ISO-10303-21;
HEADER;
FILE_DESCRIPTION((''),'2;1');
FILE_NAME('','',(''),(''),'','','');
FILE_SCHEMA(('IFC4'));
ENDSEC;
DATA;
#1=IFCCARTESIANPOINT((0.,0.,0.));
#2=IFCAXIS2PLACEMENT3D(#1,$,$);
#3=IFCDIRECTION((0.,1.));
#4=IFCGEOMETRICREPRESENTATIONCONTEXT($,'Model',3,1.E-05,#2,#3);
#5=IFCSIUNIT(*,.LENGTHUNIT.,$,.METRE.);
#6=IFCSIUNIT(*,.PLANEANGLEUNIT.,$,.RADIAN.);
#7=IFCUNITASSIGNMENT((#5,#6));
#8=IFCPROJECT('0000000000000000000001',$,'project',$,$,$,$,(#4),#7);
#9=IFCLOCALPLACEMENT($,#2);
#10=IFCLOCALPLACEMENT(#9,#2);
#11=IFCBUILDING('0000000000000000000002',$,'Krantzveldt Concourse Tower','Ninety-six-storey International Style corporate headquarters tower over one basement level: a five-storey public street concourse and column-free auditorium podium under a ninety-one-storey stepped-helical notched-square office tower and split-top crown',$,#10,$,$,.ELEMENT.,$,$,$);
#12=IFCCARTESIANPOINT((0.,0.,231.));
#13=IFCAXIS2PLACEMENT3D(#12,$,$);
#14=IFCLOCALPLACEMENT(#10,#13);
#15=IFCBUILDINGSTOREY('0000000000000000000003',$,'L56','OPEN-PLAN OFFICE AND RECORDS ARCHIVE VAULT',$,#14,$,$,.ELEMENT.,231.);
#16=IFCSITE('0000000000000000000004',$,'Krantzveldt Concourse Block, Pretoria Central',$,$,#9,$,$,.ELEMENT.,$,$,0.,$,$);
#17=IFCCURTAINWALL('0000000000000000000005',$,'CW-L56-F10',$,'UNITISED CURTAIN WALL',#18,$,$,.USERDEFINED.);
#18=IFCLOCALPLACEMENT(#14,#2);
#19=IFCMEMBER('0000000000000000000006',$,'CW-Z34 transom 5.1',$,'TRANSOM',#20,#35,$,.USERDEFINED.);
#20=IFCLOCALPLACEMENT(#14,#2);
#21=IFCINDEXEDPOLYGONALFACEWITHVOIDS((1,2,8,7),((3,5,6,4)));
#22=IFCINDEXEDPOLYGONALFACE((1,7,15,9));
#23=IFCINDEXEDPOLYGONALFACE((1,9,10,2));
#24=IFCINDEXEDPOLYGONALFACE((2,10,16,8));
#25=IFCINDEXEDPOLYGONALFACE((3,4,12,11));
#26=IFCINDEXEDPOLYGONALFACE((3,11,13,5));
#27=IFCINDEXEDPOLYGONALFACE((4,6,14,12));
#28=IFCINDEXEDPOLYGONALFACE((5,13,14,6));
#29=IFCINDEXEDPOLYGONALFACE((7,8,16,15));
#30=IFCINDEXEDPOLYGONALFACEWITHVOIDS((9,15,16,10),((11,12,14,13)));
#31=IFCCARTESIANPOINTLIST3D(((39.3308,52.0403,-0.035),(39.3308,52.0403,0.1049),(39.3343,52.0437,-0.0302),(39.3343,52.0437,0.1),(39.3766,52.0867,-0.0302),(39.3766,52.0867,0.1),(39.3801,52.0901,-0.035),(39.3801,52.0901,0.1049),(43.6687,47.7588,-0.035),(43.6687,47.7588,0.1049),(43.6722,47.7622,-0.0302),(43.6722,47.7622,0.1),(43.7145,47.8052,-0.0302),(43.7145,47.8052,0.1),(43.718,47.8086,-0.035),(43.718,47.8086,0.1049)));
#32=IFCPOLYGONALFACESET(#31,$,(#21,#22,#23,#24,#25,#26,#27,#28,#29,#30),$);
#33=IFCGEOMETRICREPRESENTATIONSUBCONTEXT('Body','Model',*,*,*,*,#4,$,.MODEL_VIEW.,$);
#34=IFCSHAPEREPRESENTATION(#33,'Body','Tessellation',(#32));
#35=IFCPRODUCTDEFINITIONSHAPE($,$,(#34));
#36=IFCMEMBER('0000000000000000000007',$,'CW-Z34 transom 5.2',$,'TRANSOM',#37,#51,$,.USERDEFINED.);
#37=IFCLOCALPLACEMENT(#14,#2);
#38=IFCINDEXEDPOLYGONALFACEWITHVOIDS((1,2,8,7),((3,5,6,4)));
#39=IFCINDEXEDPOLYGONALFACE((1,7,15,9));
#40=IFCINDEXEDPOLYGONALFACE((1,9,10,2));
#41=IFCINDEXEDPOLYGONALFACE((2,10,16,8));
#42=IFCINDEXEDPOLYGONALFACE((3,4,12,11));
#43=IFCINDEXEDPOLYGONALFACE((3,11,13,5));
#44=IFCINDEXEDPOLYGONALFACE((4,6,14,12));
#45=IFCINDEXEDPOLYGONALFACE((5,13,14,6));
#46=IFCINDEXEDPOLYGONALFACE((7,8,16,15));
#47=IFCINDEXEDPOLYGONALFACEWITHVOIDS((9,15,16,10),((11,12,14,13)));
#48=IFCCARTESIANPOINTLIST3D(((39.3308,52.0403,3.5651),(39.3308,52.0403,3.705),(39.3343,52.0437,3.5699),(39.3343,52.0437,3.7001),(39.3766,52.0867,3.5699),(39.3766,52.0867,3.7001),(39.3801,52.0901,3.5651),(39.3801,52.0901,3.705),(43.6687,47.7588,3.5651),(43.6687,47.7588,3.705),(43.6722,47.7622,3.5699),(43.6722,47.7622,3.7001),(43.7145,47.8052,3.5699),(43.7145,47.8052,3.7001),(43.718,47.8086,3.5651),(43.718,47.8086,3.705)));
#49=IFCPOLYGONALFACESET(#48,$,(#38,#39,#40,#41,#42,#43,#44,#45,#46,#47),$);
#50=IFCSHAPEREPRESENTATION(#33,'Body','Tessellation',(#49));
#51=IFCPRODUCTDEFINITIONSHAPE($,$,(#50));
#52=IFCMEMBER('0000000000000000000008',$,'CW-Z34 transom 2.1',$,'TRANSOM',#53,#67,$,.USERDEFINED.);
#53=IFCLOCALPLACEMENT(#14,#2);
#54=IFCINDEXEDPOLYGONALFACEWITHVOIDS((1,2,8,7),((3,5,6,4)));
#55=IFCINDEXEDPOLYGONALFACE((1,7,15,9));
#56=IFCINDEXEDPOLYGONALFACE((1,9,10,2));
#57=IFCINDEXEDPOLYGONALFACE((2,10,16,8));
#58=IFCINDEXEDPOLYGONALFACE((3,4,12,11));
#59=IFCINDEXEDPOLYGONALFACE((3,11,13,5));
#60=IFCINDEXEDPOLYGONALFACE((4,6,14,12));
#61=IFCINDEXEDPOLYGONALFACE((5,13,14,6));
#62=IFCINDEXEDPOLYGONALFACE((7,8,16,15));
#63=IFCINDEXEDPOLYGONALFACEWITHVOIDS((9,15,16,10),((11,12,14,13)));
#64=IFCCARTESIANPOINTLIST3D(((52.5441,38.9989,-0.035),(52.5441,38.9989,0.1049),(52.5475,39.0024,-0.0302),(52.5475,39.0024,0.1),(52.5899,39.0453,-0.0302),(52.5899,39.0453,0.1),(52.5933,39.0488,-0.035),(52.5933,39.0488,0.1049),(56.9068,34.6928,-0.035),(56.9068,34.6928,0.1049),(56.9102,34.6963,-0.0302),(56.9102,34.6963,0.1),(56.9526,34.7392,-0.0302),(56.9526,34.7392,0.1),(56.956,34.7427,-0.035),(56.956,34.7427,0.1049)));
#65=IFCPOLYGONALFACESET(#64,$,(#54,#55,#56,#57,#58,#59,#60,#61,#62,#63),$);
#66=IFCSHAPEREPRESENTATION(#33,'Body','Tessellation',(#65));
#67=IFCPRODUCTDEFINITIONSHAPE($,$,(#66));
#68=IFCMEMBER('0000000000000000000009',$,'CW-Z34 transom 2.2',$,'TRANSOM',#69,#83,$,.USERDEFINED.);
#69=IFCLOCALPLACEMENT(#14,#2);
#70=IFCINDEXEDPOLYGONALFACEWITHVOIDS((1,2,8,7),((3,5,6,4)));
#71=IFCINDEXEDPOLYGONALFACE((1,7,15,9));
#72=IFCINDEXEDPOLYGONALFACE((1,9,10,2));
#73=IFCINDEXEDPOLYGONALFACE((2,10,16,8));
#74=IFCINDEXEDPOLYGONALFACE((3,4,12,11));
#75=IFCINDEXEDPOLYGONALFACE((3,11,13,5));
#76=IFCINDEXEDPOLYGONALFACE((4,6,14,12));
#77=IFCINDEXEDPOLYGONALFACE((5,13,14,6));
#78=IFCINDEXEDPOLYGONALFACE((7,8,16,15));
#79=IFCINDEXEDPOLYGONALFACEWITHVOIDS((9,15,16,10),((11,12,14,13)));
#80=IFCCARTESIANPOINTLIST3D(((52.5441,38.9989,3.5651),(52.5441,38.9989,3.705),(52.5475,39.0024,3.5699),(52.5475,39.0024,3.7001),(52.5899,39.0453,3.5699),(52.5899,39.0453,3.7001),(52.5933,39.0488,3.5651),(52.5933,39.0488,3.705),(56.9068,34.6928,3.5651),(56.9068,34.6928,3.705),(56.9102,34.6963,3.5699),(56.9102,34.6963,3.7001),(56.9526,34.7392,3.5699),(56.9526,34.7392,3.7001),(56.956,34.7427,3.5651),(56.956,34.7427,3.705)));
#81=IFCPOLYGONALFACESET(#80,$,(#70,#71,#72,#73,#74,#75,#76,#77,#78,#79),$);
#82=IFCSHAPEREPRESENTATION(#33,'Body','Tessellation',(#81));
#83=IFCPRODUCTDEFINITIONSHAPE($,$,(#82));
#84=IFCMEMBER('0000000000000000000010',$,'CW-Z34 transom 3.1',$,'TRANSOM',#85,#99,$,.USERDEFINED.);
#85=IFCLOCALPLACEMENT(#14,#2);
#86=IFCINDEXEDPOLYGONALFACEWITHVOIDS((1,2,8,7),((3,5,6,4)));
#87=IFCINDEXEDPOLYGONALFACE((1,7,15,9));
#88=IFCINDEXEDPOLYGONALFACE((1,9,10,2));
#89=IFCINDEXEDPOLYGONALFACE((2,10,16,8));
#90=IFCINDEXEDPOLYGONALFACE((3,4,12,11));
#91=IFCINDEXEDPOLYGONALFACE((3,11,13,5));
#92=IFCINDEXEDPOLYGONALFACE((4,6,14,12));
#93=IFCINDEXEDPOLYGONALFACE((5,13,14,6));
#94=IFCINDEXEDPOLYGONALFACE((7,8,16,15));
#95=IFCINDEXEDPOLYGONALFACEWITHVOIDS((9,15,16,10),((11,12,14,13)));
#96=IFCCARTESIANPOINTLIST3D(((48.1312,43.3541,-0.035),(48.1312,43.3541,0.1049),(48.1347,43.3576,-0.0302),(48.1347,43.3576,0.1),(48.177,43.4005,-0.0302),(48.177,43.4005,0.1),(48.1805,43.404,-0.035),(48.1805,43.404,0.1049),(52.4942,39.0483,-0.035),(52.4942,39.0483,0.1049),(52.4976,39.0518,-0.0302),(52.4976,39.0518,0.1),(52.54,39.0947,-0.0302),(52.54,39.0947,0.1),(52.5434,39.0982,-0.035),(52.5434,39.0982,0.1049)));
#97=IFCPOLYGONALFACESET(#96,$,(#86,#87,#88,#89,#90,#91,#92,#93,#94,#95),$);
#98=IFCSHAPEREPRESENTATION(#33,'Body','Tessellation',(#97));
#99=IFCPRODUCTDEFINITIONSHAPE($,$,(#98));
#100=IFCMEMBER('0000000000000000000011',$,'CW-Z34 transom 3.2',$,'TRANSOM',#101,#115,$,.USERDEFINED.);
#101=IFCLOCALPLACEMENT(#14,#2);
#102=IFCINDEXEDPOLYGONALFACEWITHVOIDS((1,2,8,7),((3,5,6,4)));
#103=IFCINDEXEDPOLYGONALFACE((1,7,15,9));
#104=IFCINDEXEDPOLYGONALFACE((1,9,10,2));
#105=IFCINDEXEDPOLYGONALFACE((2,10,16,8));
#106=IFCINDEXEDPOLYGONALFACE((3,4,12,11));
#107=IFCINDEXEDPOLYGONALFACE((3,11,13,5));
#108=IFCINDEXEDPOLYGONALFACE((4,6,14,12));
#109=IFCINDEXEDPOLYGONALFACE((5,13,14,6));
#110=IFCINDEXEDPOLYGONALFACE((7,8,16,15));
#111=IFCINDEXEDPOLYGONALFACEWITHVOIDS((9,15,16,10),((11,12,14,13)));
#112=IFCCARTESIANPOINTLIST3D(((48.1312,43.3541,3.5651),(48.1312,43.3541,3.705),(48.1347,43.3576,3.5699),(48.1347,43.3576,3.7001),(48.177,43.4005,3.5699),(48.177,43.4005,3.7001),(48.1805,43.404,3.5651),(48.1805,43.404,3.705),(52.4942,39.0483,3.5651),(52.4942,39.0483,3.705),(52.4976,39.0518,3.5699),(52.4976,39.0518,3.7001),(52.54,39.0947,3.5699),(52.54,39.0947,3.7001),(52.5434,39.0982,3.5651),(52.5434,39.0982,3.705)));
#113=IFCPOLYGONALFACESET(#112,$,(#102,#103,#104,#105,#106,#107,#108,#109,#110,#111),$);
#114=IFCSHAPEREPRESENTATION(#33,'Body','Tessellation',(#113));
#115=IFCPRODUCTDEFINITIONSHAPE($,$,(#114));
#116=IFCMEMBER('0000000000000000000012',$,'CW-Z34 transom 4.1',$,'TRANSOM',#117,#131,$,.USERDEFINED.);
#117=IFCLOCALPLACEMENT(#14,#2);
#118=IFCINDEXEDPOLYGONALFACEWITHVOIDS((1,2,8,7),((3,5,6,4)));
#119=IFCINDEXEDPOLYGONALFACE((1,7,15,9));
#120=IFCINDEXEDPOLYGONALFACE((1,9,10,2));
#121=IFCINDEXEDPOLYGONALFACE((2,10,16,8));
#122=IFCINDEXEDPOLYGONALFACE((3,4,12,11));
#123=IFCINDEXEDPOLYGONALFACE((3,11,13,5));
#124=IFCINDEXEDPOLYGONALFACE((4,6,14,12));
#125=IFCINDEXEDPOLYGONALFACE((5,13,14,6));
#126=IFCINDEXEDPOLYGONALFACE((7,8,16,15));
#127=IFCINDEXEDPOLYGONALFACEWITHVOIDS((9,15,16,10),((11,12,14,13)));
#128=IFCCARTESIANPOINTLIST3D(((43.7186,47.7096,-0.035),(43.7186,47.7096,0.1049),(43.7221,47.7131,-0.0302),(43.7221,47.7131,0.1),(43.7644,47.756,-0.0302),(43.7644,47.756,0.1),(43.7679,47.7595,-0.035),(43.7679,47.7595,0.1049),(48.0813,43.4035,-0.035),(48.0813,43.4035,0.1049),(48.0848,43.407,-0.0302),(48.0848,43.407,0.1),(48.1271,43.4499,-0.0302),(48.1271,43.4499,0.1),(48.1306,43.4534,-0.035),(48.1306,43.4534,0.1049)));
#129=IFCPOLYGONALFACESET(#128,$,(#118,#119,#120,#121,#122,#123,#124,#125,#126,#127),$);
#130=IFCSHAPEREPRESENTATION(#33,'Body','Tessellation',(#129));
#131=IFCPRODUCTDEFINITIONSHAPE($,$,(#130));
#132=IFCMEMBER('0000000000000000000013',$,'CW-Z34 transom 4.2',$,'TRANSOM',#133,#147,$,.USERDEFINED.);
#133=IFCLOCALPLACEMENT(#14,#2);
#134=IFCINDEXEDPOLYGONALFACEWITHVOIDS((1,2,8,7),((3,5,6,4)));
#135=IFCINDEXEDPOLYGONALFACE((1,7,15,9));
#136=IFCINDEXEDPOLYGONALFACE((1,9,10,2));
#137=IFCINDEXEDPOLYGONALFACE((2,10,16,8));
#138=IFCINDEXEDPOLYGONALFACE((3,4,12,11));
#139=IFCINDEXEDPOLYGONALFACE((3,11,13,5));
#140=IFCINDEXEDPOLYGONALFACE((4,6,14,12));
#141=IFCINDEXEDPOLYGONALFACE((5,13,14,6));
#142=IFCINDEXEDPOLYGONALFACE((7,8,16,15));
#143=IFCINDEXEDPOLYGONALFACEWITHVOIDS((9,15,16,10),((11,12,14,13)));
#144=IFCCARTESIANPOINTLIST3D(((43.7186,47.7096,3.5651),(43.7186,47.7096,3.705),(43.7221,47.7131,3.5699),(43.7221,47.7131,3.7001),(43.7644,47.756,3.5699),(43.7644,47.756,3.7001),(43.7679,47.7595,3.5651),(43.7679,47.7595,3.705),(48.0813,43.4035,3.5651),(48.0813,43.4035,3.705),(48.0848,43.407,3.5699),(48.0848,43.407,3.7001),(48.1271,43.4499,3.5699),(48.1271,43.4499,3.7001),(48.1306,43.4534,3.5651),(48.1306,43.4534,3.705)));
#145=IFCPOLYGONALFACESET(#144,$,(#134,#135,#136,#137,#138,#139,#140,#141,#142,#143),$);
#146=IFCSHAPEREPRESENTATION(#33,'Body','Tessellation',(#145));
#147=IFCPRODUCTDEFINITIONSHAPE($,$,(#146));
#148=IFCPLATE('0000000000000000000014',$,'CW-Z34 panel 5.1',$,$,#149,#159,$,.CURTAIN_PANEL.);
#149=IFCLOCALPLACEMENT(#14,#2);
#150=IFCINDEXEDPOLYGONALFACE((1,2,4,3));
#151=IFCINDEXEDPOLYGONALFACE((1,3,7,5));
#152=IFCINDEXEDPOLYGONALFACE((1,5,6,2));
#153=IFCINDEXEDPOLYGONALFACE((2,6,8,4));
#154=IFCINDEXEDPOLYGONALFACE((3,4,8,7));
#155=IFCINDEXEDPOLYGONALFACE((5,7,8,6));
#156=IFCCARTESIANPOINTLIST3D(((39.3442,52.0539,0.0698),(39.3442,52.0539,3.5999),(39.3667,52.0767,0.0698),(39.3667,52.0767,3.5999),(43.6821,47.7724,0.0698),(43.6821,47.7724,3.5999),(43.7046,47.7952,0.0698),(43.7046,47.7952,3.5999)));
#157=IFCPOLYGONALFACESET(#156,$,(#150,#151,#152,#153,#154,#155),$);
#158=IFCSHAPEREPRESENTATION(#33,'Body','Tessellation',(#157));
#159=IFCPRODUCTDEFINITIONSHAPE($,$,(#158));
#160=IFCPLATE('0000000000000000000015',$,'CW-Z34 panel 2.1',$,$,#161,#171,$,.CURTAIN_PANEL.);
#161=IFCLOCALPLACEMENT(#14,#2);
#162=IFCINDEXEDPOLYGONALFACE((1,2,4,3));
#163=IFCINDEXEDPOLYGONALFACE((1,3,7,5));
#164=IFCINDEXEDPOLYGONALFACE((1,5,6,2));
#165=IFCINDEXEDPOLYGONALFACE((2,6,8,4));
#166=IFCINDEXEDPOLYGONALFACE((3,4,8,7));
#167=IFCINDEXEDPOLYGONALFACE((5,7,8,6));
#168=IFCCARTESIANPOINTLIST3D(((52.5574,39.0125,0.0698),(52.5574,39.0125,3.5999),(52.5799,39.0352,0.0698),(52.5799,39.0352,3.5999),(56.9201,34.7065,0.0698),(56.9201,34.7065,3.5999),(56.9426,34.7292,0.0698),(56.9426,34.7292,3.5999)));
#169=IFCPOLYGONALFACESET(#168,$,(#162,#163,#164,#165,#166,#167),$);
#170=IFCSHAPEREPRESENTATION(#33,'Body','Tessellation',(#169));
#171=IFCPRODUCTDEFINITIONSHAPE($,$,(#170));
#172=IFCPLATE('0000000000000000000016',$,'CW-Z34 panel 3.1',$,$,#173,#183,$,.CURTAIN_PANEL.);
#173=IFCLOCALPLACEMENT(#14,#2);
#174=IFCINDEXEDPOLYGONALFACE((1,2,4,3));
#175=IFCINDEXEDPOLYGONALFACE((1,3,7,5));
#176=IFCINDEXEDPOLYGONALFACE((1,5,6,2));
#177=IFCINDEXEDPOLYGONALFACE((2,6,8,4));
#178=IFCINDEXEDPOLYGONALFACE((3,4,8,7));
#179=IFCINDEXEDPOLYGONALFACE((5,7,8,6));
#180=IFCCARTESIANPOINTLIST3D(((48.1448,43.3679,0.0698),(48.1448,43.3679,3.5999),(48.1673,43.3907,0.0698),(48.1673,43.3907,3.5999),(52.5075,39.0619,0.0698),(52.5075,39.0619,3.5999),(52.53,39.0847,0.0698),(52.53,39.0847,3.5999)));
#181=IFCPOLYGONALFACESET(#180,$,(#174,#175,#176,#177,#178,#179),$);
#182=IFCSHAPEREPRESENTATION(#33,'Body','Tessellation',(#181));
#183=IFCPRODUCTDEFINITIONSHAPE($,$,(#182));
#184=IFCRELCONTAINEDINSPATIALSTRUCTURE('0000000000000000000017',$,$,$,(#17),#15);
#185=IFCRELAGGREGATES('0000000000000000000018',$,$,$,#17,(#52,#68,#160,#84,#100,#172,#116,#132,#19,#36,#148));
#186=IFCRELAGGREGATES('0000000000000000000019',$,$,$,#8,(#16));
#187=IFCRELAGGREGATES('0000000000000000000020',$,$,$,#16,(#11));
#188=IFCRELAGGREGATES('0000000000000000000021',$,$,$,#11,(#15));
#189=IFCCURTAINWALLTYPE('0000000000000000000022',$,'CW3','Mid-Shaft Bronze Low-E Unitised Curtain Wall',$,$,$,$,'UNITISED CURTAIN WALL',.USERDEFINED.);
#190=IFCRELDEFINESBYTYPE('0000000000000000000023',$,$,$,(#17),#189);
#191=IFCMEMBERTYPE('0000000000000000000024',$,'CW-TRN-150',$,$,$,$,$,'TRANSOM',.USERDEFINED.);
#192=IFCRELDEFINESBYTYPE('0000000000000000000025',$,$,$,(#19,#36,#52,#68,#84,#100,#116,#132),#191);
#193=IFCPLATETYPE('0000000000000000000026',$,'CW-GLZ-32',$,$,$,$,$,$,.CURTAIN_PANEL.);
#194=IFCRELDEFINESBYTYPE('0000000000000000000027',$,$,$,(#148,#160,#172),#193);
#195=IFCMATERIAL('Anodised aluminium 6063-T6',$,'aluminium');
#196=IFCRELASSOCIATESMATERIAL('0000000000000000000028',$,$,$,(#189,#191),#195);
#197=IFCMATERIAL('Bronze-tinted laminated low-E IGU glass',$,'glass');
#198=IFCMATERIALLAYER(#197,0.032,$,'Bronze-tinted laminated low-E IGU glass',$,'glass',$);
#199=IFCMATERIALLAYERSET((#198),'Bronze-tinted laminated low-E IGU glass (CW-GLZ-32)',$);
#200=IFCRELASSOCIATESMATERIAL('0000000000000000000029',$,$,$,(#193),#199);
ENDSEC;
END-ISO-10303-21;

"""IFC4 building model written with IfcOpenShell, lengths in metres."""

from ifc_helpers import new_model, si_unit, direction, frame, origin, origin_2d, place, context, subcontext, project, spatial, rectangle, hollow_rectangle, extrude, source, transform, mapped, material, layer, layer_set, material_profile, profile_set, type_object, type_shapes, element, aggregate, save


model = new_model("IFC4")

# Units and contexts
model_context = context("Model", 3, precision=1e-05, world=origin(), true_north=direction((0.0, 1.0)))
body_context = subcontext(model_context, "Body", "Model", "MODEL_VIEW")
ifc_project = project(units=[si_unit("LENGTHUNIT", "METRE"), si_unit("PLANEANGLEUNIT", "RADIAN")], contexts=[model_context])

# Site, building, storey
site_placement = place(None, origin())
site = spatial("IfcSite", under=ifc_project, at=site_placement, Name="Krantzveldt Concourse Block, Pretoria Central", CompositionType="ELEMENT", RefElevation=0.0)
building_placement = place(site_placement, origin())
building = spatial("IfcBuilding", under=site, at=building_placement, Name="Krantzveldt Concourse Tower", Description="Ninety-six-storey International Style corporate headquarters tower over one basement level: a five-storey public street concourse and column-free auditorium podium under a ninety-one-storey stepped-helical notched-square office tower and split-top crown", CompositionType="ELEMENT")
storey_placement = place(building_placement, frame((0.0, 0.0, 231.0)))
storey = spatial("IfcBuildingStorey", under=building, at=storey_placement, Name="L56", Description="OPEN-PLAN OFFICE AND RECORDS ARCHIVE VAULT", CompositionType="ELEMENT", Elevation=231.0)

# Curtain wall, members, plates
ifc_material_1 = material(Name="Anodised aluminium 6063-T6", Category="aluminium")
curtain_wall_type = type_object("IfcCurtainWallType", Name="CW3", Description="Mid-Shaft Bronze Low-E Unitised Curtain Wall", ElementType="UNITISED CURTAIN WALL", PredefinedType="USERDEFINED", material=ifc_material_1)
curtain_wall_placement = place(storey_placement, origin())
curtain_wall = element("IfcCurtainWall", 1, at=curtain_wall_placement, inside=storey, type_object=curtain_wall_type, Name="CW-L56-F10", ObjectType="UNITISED CURTAIN WALL", PredefinedType="USERDEFINED")
ifc_material_profile_1 = material_profile(ifc_material_1, hollow_rectangle(XDim=0.0701, YDim=0.1399, WallThickness=0.0049, at=origin_2d()), Name="Anodised aluminium 6063-T6", Category="aluminium")
ifc_profile_set_1 = profile_set([ifc_material_profile_1], Name="Anodised aluminium 6063-T6 - ALU-TRAN 140x70x5")
member_type_1 = type_object("IfcMemberType", Name="CW-TRN-150", ElementType="TRANSOM", PredefinedType="USERDEFINED", material=ifc_profile_set_1)
shared_shape_1 = source(origin(), body_context, "Body", "SweptSolid", [
    extrude(hollow_rectangle(XDim=0.0701, YDim=0.1399, WallThickness=0.0049, at=origin_2d()), origin(), (0.0, 0.0, 1.0), 6.095),
])
member_1_placement = place(storey_placement, frame((43.6934, 47.7837, 0.0349), z_axis=(-0.711718, 0.702465, 0.0), x_axis=(-0.702465, -0.711718, 0.0)))
member_1 = element("IfcMember", 2, at=member_1_placement, type_object=member_type_1, Name="CW-Z34 transom 5.1", ObjectType="TRANSOM", PredefinedType="USERDEFINED", context=body_context, shape_type="MappedRepresentation", body=[
    mapped(shared_shape_1, transform((0.0, 0.0, 0.0), x_axis=(1.0, 0.0, 0.0), y_axis=(0.0, 1.0, 0.0), z_axis=(0.0, 0.0, 1.0), scale=1.0)),
])
member_2_placement = place(storey_placement, frame((43.6934, 47.7837, 3.635), z_axis=(-0.711718, 0.702465, 0.0), x_axis=(-0.702465, -0.711718, 0.0)))
member_2 = element("IfcMember", 3, at=member_2_placement, type_object=member_type_1, Name="CW-Z34 transom 5.2", ObjectType="TRANSOM", PredefinedType="USERDEFINED", context=body_context, shape_type="MappedRepresentation", body=[
    mapped(shared_shape_1, transform((0.0, 0.0, 0.0), x_axis=(1.0, 0.0, 0.0), y_axis=(0.0, 1.0, 0.0), z_axis=(0.0, 0.0, 1.0), scale=1.0)),
])
shared_shape_2 = source(origin(), body_context, "Body", "SweptSolid", [
    extrude(hollow_rectangle(XDim=0.0701, YDim=0.1399, WallThickness=0.0049, at=origin_2d()), origin(), (0.0, 0.0, 1.0), 6.1299),
])
type_shapes(member_type_1, [shared_shape_1, shared_shape_2])
member_3_placement = place(storey_placement, frame((56.9314, 34.7178, 0.0349), z_axis=(-0.711712, 0.702472, 0.0), x_axis=(-0.702472, -0.711712, 0.0)))
member_3 = element("IfcMember", 4, at=member_3_placement, type_object=member_type_1, Name="CW-Z34 transom 2.1", ObjectType="TRANSOM", PredefinedType="USERDEFINED", context=body_context, shape_type="MappedRepresentation", body=[
    mapped(shared_shape_2, transform((0.0, 0.0, 0.0), x_axis=(1.0, 0.0, 0.0), y_axis=(0.0, 1.0, 0.0), z_axis=(0.0, 0.0, 1.0), scale=1.0)),
])
member_4_placement = place(storey_placement, frame((56.9314, 34.7178, 3.635), z_axis=(-0.711712, 0.702472, 0.0), x_axis=(-0.702472, -0.711712, 0.0)))
member_4 = element("IfcMember", 5, at=member_4_placement, type_object=member_type_1, Name="CW-Z34 transom 2.2", ObjectType="TRANSOM", PredefinedType="USERDEFINED", context=body_context, shape_type="MappedRepresentation", body=[
    mapped(shared_shape_2, transform((0.0, 0.0, 0.0), x_axis=(1.0, 0.0, 0.0), y_axis=(0.0, 1.0, 0.0), z_axis=(0.0, 0.0, 1.0), scale=1.0)),
])
member_5_placement = place(storey_placement, frame((52.5188, 39.0732, 0.0349), z_axis=(-0.711751, 0.702432, 0.0), x_axis=(-0.702432, -0.711751, 0.0)))
member_5 = element("IfcMember", 6, at=member_5_placement, type_object=member_type_1, Name="CW-Z34 transom 3.1", ObjectType="TRANSOM", PredefinedType="USERDEFINED", context=body_context, shape_type="MappedRepresentation", body=[
    mapped(shared_shape_2, transform((0.0, 0.0, 0.0), x_axis=(1.0, 0.0, 0.0), y_axis=(0.0, 1.0, 0.0), z_axis=(0.0, 0.0, 1.0), scale=1.0)),
])
member_6_placement = place(storey_placement, frame((52.5188, 39.0732, 3.635), z_axis=(-0.711751, 0.702432, 0.0), x_axis=(-0.702432, -0.711751, 0.0)))
member_6 = element("IfcMember", 7, at=member_6_placement, type_object=member_type_1, Name="CW-Z34 transom 3.2", ObjectType="TRANSOM", PredefinedType="USERDEFINED", context=body_context, shape_type="MappedRepresentation", body=[
    mapped(shared_shape_2, transform((0.0, 0.0, 0.0), x_axis=(1.0, 0.0, 0.0), y_axis=(0.0, 1.0, 0.0), z_axis=(0.0, 0.0, 1.0), scale=1.0)),
])
member_7_placement = place(storey_placement, frame((48.106, 43.4285, 0.0349), z_axis=(-0.711712, 0.702472, 0.0), x_axis=(-0.702472, -0.711712, 0.0)))
member_7 = element("IfcMember", 8, at=member_7_placement, type_object=member_type_1, Name="CW-Z34 transom 4.1", ObjectType="TRANSOM", PredefinedType="USERDEFINED", context=body_context, shape_type="MappedRepresentation", body=[
    mapped(shared_shape_2, transform((0.0, 0.0, 0.0), x_axis=(1.0, 0.0, 0.0), y_axis=(0.0, 1.0, 0.0), z_axis=(0.0, 0.0, 1.0), scale=1.0)),
])
member_8_placement = place(storey_placement, frame((48.106, 43.4285, 3.635), z_axis=(-0.711712, 0.702472, 0.0), x_axis=(-0.702472, -0.711712, 0.0)))
member_8 = element("IfcMember", 9, at=member_8_placement, type_object=member_type_1, Name="CW-Z34 transom 4.2", ObjectType="TRANSOM", PredefinedType="USERDEFINED", context=body_context, shape_type="MappedRepresentation", body=[
    mapped(shared_shape_2, transform((0.0, 0.0, 0.0), x_axis=(1.0, 0.0, 0.0), y_axis=(0.0, 1.0, 0.0), z_axis=(0.0, 0.0, 1.0), scale=1.0)),
])
ifc_material_2 = material(Name="Bronze-tinted laminated low-E IGU glass", Category="glass")
ifc_layer_1 = layer(ifc_material_2, 0.032, Name="Bronze-tinted laminated low-E IGU glass", Category="glass")
ifc_layer_set_1 = layer_set([ifc_layer_1], Name="Bronze-tinted laminated low-E IGU glass (CW-GLZ-32)")
plate_type = type_object("IfcPlateType", Name="CW-GLZ-32", PredefinedType="CURTAIN_PANEL", material=ifc_layer_set_1)
shared_shape_3 = source(origin(), body_context, "Body", "SweptSolid", [
    extrude(rectangle(XDim=6.095, YDim=0.032, at=origin_2d()), origin(), (0.0, 0.0, 1.0), 3.53),
])
plate_1_placement = place(storey_placement, frame((41.5244, 49.9246, 0.0698), z_axis=(0.0, 0.0, 1.0), x_axis=(-0.71172, 0.702464, 0.0)))
plate_1 = element("IfcPlate", 10, at=plate_1_placement, type_object=plate_type, Name="CW-Z34 panel 5.1", PredefinedType="CURTAIN_PANEL", context=body_context, shape_type="MappedRepresentation", body=[
    mapped(shared_shape_3, transform((0.0, 0.0, 0.0), x_axis=(1.0, 0.0, 0.0), y_axis=(0.0, 1.0, 0.0), z_axis=(0.0, 0.0, 1.0), scale=1.0)),
])
shared_shape_4 = source(origin(), body_context, "Body", "SweptSolid", [
    extrude(rectangle(XDim=6.1299, YDim=0.032, at=origin_2d()), origin(), (0.0, 0.0, 1.0), 3.53),
])
type_shapes(plate_type, [shared_shape_3, shared_shape_4])
plate_2_placement = place(storey_placement, frame((54.75, 36.8708, 0.0698), z_axis=(0.0, 0.0, 1.0), x_axis=(-0.71172, 0.702464, 0.0)))
plate_2 = element("IfcPlate", 11, at=plate_2_placement, type_object=plate_type, Name="CW-Z34 panel 2.1", PredefinedType="CURTAIN_PANEL", context=body_context, shape_type="MappedRepresentation", body=[
    mapped(shared_shape_4, transform((0.0, 0.0, 0.0), x_axis=(1.0, 0.0, 0.0), y_axis=(0.0, 1.0, 0.0), z_axis=(0.0, 0.0, 1.0), scale=1.0)),
])
plate_3_placement = place(storey_placement, frame((50.3374, 41.2263, 0.0698), z_axis=(0.0, 0.0, 1.0), x_axis=(-0.71172, 0.702464, 0.0)))
plate_3 = element("IfcPlate", 12, at=plate_3_placement, type_object=plate_type, Name="CW-Z34 panel 3.1", PredefinedType="CURTAIN_PANEL", context=body_context, shape_type="MappedRepresentation", body=[
    mapped(shared_shape_4, transform((0.0, 0.0, 0.0), x_axis=(1.0, 0.0, 0.0), y_axis=(0.0, 1.0, 0.0), z_axis=(0.0, 0.0, 1.0), scale=1.0)),
])
aggregate(curtain_wall, [member_3, member_4, plate_2, member_5, member_6, plate_3, member_7, member_8, member_1, member_2, plate_1])

save(model, "model.ifc")
